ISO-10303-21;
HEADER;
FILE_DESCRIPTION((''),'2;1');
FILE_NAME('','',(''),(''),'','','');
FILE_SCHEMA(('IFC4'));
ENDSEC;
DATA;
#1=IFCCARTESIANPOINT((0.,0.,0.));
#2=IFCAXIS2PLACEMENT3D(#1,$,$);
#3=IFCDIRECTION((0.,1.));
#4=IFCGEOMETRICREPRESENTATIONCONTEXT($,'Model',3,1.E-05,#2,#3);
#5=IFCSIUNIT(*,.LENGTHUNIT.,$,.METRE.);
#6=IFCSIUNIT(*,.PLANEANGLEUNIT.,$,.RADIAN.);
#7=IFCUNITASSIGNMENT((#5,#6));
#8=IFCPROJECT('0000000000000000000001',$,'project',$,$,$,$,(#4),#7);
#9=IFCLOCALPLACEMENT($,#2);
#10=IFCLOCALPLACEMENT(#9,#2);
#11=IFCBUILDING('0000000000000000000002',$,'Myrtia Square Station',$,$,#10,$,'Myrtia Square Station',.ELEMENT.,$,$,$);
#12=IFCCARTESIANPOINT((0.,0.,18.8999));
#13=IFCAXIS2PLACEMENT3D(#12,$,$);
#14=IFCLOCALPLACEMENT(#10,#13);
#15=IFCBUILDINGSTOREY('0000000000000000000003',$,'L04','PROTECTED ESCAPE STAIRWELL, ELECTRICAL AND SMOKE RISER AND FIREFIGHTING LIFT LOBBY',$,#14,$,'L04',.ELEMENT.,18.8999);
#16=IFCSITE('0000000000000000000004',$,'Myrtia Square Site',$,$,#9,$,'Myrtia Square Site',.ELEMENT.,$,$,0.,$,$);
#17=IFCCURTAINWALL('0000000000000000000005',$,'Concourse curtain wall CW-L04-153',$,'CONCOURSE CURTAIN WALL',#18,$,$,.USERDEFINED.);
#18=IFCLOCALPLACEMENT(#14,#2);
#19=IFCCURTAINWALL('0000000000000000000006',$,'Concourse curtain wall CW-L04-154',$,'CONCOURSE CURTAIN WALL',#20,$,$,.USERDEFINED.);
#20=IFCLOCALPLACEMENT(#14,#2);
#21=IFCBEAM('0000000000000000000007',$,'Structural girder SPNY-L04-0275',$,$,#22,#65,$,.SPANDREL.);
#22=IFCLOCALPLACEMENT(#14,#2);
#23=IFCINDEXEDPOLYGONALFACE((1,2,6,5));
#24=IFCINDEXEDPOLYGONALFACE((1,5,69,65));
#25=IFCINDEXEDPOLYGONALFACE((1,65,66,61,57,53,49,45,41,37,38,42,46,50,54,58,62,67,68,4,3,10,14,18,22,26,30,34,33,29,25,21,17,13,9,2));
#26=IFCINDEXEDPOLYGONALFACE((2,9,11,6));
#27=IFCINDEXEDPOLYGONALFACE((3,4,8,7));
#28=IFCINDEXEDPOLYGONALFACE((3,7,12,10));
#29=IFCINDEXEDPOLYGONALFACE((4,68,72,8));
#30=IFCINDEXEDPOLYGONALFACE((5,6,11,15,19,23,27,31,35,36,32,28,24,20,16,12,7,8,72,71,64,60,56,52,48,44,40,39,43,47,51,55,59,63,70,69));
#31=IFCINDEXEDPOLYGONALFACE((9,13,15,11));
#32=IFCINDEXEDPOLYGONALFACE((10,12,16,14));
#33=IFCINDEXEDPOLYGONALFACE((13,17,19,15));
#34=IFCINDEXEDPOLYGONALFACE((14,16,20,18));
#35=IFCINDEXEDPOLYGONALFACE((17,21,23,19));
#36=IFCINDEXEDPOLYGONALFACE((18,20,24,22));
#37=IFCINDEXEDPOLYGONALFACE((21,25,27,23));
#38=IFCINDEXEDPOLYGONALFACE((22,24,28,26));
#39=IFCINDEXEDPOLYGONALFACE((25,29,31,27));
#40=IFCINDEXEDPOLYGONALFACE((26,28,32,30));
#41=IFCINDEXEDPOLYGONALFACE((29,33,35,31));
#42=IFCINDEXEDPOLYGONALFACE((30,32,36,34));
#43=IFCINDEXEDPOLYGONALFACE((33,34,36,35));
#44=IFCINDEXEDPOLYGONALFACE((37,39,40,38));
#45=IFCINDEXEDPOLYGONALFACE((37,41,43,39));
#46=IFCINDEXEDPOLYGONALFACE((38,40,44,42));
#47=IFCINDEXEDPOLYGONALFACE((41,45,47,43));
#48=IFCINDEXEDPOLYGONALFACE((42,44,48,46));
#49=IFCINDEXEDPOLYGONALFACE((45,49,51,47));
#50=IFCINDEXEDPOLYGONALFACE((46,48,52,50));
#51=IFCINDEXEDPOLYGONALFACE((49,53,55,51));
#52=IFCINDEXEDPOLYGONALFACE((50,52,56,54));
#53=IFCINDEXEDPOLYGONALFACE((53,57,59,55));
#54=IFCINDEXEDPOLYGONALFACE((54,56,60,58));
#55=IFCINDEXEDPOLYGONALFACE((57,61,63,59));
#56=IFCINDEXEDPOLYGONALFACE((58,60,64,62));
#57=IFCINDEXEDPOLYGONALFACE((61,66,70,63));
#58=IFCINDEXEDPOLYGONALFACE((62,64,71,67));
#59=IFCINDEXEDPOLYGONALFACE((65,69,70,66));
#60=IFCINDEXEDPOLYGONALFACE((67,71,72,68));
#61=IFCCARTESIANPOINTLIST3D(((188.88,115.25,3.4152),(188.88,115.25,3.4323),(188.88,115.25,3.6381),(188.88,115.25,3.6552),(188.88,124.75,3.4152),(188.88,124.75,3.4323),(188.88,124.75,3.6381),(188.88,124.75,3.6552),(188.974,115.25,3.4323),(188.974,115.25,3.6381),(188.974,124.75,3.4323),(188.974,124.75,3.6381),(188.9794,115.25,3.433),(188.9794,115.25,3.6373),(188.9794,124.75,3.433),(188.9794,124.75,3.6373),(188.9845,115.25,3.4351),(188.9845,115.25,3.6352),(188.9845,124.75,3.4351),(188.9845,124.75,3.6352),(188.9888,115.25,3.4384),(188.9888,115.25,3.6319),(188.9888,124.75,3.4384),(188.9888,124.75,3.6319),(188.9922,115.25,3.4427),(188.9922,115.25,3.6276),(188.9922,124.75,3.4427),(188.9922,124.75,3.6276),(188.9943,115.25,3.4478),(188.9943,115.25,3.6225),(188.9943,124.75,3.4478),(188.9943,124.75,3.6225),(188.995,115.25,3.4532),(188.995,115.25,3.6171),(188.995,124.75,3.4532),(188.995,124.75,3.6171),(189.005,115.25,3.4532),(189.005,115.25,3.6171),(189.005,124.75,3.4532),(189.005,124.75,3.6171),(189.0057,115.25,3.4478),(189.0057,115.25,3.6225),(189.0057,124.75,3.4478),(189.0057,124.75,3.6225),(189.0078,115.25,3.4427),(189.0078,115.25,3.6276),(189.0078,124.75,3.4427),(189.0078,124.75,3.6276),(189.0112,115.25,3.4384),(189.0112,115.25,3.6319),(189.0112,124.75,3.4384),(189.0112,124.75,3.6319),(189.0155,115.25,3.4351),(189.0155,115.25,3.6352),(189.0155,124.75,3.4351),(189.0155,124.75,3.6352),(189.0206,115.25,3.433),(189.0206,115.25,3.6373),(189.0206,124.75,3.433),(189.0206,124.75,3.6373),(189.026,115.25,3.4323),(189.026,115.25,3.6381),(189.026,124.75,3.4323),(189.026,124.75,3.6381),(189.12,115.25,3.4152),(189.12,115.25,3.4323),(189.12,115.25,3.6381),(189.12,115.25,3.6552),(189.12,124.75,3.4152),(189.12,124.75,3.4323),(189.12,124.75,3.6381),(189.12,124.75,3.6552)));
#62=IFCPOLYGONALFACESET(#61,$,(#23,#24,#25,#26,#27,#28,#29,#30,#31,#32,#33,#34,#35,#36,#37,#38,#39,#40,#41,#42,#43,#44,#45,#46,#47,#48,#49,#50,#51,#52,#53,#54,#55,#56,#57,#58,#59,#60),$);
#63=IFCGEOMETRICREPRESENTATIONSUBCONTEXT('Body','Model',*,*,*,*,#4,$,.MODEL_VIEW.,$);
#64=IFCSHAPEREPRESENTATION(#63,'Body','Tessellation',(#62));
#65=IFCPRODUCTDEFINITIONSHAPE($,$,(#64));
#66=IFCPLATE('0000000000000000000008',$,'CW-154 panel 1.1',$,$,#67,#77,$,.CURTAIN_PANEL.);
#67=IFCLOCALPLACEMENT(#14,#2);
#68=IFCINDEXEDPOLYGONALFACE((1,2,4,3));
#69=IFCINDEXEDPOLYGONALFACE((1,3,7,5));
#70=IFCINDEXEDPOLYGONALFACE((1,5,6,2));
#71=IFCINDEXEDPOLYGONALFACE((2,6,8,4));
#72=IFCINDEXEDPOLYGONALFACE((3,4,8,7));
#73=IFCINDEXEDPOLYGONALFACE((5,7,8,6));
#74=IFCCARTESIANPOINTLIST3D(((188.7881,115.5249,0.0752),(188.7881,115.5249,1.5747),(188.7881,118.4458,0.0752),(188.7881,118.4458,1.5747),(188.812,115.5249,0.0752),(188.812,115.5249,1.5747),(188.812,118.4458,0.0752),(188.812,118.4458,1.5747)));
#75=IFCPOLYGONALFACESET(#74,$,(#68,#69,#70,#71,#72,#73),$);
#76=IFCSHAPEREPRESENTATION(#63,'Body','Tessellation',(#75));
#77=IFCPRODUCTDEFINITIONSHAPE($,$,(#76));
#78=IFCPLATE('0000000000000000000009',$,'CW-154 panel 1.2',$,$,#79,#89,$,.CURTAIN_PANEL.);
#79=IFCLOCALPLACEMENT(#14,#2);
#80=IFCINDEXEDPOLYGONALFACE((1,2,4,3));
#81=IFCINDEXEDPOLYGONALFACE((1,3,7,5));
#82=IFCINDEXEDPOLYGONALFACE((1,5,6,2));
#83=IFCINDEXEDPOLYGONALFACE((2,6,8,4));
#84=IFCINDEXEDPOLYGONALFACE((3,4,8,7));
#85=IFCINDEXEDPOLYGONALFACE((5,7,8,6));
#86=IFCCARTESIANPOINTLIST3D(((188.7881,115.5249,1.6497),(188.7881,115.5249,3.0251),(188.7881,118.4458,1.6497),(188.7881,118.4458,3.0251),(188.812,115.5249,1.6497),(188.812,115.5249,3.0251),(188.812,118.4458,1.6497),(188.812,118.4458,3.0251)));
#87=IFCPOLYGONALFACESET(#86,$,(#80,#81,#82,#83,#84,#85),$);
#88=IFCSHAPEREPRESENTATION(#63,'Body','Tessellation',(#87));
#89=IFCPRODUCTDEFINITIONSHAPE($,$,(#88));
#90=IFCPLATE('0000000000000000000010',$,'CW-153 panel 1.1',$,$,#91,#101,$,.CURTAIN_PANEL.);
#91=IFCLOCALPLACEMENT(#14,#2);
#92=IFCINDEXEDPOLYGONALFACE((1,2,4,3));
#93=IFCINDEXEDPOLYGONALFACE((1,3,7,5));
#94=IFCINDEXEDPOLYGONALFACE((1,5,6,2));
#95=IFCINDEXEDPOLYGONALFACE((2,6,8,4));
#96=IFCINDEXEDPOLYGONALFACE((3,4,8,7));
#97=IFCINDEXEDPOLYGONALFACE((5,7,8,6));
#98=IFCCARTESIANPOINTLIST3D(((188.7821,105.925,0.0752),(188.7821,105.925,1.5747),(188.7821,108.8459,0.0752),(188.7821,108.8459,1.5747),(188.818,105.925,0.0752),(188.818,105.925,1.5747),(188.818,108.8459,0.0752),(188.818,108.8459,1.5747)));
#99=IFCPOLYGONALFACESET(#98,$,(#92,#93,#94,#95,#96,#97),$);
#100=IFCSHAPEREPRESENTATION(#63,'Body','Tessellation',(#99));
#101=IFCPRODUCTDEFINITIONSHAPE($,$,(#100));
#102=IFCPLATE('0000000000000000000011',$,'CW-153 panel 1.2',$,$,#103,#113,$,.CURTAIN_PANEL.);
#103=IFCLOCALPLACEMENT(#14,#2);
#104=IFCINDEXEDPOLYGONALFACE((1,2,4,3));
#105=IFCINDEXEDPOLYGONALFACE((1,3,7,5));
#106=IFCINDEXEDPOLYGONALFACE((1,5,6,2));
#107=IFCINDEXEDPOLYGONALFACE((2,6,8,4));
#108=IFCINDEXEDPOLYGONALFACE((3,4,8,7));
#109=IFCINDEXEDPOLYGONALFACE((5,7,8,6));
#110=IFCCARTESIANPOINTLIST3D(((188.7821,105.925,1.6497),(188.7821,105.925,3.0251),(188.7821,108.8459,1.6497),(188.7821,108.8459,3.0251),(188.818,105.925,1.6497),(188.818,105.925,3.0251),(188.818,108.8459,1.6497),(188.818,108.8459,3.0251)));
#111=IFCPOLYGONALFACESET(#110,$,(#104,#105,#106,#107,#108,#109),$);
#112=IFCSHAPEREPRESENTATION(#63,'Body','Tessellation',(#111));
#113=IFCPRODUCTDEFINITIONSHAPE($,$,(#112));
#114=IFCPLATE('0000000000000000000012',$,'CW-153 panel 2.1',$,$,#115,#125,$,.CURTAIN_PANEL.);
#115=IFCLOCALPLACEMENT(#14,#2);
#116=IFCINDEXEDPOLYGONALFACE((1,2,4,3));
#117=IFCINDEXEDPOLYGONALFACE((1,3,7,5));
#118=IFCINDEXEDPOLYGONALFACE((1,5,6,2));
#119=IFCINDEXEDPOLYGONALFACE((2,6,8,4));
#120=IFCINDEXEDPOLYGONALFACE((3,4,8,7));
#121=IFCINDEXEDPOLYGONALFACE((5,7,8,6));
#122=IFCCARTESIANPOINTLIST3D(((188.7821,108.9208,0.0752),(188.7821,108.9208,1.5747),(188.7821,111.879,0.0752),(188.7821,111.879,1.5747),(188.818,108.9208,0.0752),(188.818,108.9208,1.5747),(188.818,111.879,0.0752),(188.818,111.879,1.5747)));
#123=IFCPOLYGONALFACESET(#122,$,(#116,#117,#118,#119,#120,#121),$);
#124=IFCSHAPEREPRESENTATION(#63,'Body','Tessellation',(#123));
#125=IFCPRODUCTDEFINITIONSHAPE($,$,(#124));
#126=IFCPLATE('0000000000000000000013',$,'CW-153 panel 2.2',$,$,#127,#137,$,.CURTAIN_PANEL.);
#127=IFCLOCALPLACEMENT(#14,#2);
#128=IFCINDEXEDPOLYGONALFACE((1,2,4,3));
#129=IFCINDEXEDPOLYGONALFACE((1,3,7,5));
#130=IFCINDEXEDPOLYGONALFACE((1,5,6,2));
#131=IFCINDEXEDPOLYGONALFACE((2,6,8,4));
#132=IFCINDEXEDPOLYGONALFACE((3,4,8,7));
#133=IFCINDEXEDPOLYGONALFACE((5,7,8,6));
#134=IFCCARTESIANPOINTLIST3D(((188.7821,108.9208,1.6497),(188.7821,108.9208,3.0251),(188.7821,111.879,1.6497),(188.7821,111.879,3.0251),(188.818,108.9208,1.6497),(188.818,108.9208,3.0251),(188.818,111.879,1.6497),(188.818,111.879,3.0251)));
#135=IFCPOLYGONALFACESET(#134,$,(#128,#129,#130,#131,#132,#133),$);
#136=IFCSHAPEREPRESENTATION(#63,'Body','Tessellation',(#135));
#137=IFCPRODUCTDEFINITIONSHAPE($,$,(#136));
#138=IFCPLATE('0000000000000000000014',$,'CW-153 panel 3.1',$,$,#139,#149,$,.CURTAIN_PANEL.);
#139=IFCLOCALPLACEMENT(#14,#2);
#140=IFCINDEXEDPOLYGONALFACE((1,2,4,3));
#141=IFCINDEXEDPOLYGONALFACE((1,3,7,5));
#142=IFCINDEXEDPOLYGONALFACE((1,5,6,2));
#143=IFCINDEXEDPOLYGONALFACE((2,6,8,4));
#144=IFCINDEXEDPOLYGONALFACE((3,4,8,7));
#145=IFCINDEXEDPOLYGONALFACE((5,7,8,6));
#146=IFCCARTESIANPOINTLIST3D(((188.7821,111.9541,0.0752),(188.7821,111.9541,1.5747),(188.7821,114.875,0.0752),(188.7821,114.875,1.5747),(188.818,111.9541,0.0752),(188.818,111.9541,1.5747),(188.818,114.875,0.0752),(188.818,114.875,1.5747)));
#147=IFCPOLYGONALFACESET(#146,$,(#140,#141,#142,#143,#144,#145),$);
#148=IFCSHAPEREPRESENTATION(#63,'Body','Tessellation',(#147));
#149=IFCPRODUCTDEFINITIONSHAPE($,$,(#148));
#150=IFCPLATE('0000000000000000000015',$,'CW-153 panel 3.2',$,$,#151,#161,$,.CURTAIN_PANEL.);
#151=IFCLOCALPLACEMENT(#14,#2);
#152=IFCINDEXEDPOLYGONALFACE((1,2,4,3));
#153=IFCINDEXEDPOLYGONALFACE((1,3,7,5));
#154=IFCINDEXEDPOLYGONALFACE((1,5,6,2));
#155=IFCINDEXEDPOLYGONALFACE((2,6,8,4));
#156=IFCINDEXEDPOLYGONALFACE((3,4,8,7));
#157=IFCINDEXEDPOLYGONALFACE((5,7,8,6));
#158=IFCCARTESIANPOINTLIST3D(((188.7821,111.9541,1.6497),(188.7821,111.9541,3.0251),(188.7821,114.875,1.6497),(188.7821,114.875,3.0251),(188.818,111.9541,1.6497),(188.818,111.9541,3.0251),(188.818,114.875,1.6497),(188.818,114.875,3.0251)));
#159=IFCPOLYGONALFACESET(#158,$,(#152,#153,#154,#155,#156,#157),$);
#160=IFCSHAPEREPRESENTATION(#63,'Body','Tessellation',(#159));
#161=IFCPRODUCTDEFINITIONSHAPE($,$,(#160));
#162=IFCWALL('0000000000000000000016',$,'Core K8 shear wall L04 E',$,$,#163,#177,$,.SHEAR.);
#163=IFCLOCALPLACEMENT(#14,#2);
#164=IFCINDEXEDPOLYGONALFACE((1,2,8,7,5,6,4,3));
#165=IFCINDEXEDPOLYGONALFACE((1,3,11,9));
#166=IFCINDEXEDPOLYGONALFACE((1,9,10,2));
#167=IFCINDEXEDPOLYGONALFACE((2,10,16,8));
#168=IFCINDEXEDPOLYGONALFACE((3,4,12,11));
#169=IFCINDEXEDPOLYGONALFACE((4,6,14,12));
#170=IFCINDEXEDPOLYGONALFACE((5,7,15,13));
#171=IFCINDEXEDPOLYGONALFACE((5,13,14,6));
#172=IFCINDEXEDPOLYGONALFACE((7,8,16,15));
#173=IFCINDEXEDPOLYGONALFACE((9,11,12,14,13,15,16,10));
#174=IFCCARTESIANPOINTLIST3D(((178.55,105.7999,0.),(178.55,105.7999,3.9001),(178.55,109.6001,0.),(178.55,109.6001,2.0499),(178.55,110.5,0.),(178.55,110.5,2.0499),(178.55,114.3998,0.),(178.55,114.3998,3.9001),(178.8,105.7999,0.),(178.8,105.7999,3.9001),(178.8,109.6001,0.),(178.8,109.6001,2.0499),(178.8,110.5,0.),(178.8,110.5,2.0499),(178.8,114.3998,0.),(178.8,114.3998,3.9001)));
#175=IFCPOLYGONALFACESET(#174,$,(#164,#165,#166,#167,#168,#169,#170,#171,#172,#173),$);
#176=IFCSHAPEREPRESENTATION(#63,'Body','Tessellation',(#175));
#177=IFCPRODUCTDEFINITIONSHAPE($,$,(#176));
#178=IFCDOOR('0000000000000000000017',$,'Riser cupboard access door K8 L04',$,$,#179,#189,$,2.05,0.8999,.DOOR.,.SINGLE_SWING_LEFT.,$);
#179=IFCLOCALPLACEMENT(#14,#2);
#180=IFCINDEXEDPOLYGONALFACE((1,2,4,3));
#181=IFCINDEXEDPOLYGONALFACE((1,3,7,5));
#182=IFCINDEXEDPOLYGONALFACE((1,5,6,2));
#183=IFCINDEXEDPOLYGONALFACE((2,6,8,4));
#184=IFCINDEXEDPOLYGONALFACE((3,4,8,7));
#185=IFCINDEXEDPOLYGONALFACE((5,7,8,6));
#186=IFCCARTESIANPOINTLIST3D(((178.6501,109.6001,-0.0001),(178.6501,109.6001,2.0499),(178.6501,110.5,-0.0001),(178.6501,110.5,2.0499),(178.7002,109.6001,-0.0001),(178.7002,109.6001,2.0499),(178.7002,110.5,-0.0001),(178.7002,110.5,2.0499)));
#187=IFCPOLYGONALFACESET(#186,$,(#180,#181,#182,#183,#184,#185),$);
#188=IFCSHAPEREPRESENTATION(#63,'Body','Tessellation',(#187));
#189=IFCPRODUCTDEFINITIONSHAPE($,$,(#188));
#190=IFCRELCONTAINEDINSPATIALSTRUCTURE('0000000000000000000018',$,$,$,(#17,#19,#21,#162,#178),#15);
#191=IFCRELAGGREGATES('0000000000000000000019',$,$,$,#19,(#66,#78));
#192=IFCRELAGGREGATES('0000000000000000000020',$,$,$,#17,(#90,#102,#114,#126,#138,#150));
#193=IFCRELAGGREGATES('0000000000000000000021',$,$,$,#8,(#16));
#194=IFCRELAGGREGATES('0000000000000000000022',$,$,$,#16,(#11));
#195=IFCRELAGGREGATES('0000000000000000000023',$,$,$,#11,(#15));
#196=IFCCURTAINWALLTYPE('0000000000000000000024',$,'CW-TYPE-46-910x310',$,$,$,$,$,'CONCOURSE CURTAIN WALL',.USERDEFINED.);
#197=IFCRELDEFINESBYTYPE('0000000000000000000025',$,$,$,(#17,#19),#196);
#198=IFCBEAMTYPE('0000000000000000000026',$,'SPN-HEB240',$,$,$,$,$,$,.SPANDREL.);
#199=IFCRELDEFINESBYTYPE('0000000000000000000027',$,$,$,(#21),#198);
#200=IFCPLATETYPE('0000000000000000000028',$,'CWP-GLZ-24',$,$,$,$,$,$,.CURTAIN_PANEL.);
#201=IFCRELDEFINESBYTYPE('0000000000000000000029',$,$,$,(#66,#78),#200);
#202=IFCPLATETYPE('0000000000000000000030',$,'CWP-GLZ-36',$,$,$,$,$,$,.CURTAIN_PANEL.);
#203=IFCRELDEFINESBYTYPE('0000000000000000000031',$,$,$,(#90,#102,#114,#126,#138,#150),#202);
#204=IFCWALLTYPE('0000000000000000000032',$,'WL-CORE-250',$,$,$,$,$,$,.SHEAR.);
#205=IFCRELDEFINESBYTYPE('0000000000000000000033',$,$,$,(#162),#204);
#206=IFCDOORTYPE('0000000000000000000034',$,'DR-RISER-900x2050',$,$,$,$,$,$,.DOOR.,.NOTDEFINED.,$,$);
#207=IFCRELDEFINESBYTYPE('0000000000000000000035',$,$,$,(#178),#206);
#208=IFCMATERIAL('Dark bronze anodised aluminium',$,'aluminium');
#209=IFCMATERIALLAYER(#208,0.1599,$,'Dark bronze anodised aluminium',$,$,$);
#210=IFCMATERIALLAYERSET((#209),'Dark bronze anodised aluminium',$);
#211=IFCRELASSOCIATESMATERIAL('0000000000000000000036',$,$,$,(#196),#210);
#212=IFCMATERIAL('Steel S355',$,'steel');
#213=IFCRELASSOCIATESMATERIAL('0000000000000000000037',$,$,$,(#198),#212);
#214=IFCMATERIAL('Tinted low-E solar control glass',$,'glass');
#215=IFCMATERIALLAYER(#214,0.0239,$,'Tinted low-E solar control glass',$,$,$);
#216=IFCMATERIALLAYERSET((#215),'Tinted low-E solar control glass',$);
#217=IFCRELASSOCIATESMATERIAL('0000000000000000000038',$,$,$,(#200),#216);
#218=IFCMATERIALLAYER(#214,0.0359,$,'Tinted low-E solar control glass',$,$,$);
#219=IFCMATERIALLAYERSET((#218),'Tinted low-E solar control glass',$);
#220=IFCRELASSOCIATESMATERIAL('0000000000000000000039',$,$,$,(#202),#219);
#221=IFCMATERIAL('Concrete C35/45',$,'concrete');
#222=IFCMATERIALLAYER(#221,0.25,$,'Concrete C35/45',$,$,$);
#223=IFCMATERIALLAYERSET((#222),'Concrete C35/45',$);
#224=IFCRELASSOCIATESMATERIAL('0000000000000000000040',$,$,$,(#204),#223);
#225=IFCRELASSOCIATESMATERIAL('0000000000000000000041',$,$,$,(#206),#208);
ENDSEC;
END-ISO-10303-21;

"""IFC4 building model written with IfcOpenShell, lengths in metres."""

from ifc_helpers import new_model, si_unit, direction, frame, frame_2d, origin, origin_2d, place, context, subcontext, project, spatial, rectangle, i_section, extrude, material, layer, layer_set, material_profile, profile_set, type_object, element, fill, aggregate, save


model = new_model("IFC4")

# Units and contexts
model_context = context("Model", 3, precision=1e-05, world=origin(), true_north=direction((0.0, 1.0)))
body_context = subcontext(model_context, "Body", "Model", "MODEL_VIEW")
ifc_project = project(units=[si_unit("LENGTHUNIT", "METRE"), si_unit("PLANEANGLEUNIT", "RADIAN")], contexts=[model_context])

# Site, building, storey
site_placement = place(None, origin())
site = spatial("IfcSite", under=ifc_project, at=site_placement, Name="Myrtia Square Site", LongName="Myrtia Square Site", CompositionType="ELEMENT", RefElevation=0.0)
building_placement = place(site_placement, origin())
building = spatial("IfcBuilding", under=site, at=building_placement, Name="Myrtia Square Station", LongName="Myrtia Square Station", CompositionType="ELEMENT")
storey_placement = place(building_placement, frame((0.0, 0.0, 18.8999)))
storey = spatial("IfcBuildingStorey", under=building, at=storey_placement, Name="L04", Description="PROTECTED ESCAPE STAIRWELL, ELECTRICAL AND SMOKE RISER AND FIREFIGHTING LIFT LOBBY", LongName="L04", CompositionType="ELEMENT", Elevation=18.8999)

# Shared definitions
ifc_material_1 = material(Name="Steel S355", Category="steel")

# Curtain walls
ifc_material_2 = material(Name="Dark bronze anodised aluminium", Category="aluminium")
ifc_layer_1 = layer(ifc_material_2, 0.1599, Name="Dark bronze anodised aluminium")
ifc_layer_set_1 = layer_set([ifc_layer_1], Name="Dark bronze anodised aluminium")
curtain_wall_type = type_object("IfcCurtainWallType", Name="CW-TYPE-46-910x310", ElementType="CONCOURSE CURTAIN WALL", PredefinedType="USERDEFINED", material=ifc_layer_set_1)
curtain_wall_1_placement = place(storey_placement, origin())
curtain_wall_1 = element("IfcCurtainWall", 1, at=curtain_wall_1_placement, inside=storey, type_object=curtain_wall_type, Name="Concourse curtain wall CW-L04-153", ObjectType="CONCOURSE CURTAIN WALL", PredefinedType="USERDEFINED")
curtain_wall_2_placement = place(storey_placement, origin())
curtain_wall_2 = element("IfcCurtainWall", 2, at=curtain_wall_2_placement, inside=storey, type_object=curtain_wall_type, Name="Concourse curtain wall CW-L04-154", ObjectType="CONCOURSE CURTAIN WALL", PredefinedType="USERDEFINED")

# Beam
ifc_material_profile_1 = material_profile(ifc_material_1, i_section(OverallWidth=0.24, OverallDepth=0.24, WebThickness=0.01, FlangeThickness=0.0171, FilletRadius=0.021, at=origin_2d()), Name="HEB 240")
ifc_profile_set_1 = profile_set([ifc_material_profile_1], Name="Steel S355")
beam_type_1 = type_object("IfcBeamType", Name="SPN-HEB240", PredefinedType="SPANDREL", material=ifc_profile_set_1)
for number, where, z_axis, x_axis, name in (
    (3, (189.0, 115.25, 3.5352), (0.0, 1.0, 0.0), (-1.0, 0.0, 0.0), "Structural girder SPNY-L04-0275"),
):
    element("IfcBeam", number, at=place(storey_placement, frame(where, z_axis=z_axis, x_axis=x_axis)), inside=storey, type_object=beam_type_1, Name=name, PredefinedType="SPANDREL", context=body_context, shape_type="SweptSolid", body=[
        extrude(i_section(OverallWidth=0.24, OverallDepth=0.24, WebThickness=0.01, FlangeThickness=0.0171, FilletRadius=0.021, at=origin_2d()), origin(), (0.0, 0.0, 1.0), 9.5),
    ])

# Plates
ifc_material_3 = material(Name="Tinted low-E solar control glass", Category="glass")
ifc_layer_2 = layer(ifc_material_3, 0.0239, Name="Tinted low-E solar control glass")
ifc_layer_set_2 = layer_set([ifc_layer_2], Name="Tinted low-E solar control glass")
plate_type_1 = type_object("IfcPlateType", Name="CWP-GLZ-24", PredefinedType="CURTAIN_PANEL", material=ifc_layer_set_2)
plate_1_placement = place(storey_placement, frame((188.8, 116.9854, 0.0752), z_axis=(0.0, 0.0, 1.0), x_axis=(0.0, 1.0, 0.0)))
plate_1 = element("IfcPlate", 4, at=plate_1_placement, type_object=plate_type_1, Name="CW-154 panel 1.1", PredefinedType="CURTAIN_PANEL", context=body_context, shape_type="SweptSolid", body=[
    extrude(rectangle(XDim=2.9209, YDim=0.0239, at=origin_2d()), origin(), (0.0, 0.0, 1.0), 1.4995),
])
plate_2_placement = place(storey_placement, frame((188.8, 116.9854, 1.6497), z_axis=(0.0, 0.0, 1.0), x_axis=(0.0, 1.0, 0.0)))
plate_2 = element("IfcPlate", 5, at=plate_2_placement, type_object=plate_type_1, Name="CW-154 panel 1.2", PredefinedType="CURTAIN_PANEL", context=body_context, shape_type="SweptSolid", body=[
    extrude(rectangle(XDim=2.9209, YDim=0.0239, at=origin_2d()), origin(), (0.0, 0.0, 1.0), 1.3755),
])
aggregate(curtain_wall_2, [plate_1, plate_2])
ifc_layer_3 = layer(ifc_material_3, 0.0359, Name="Tinted low-E solar control glass")
ifc_layer_set_3 = layer_set([ifc_layer_3], Name="Tinted low-E solar control glass")
plate_type_2 = type_object("IfcPlateType", Name="CWP-GLZ-36", PredefinedType="CURTAIN_PANEL", material=ifc_layer_set_3)
plate_3_placement = place(storey_placement, frame((188.8, 107.3855, 0.0752), z_axis=(0.0, 0.0, 1.0), x_axis=(0.0, 1.0, 0.0)))
plate_3 = element("IfcPlate", 6, at=plate_3_placement, type_object=plate_type_2, Name="CW-153 panel 1.1", PredefinedType="CURTAIN_PANEL", context=body_context, shape_type="SweptSolid", body=[
    extrude(rectangle(XDim=2.9209, YDim=0.0359, at=origin_2d()), origin(), (0.0, 0.0, 1.0), 1.4995),
])
plate_4_placement = place(storey_placement, frame((188.8, 107.3855, 1.6497), z_axis=(0.0, 0.0, 1.0), x_axis=(0.0, 1.0, 0.0)))
plate_4 = element("IfcPlate", 7, at=plate_4_placement, type_object=plate_type_2, Name="CW-153 panel 1.2", PredefinedType="CURTAIN_PANEL", context=body_context, shape_type="SweptSolid", body=[
    extrude(rectangle(XDim=2.9209, YDim=0.0359, at=origin_2d()), origin(), (0.0, 0.0, 1.0), 1.3755),
])
plate_5_placement = place(storey_placement, frame((188.8, 110.3999, 0.0752), z_axis=(0.0, 0.0, 1.0), x_axis=(0.0, 1.0, 0.0)))
plate_5 = element("IfcPlate", 8, at=plate_5_placement, type_object=plate_type_2, Name="CW-153 panel 2.1", PredefinedType="CURTAIN_PANEL", context=body_context, shape_type="SweptSolid", body=[
    extrude(rectangle(XDim=2.9583, YDim=0.0359, at=origin_2d()), origin(), (0.0, 0.0, 1.0), 1.4995),
])
plate_6_placement = place(storey_placement, frame((188.8, 110.3999, 1.6497), z_axis=(0.0, 0.0, 1.0), x_axis=(0.0, 1.0, 0.0)))
plate_6 = element("IfcPlate", 9, at=plate_6_placement, type_object=plate_type_2, Name="CW-153 panel 2.2", PredefinedType="CURTAIN_PANEL", context=body_context, shape_type="SweptSolid", body=[
    extrude(rectangle(XDim=2.9583, YDim=0.0359, at=origin_2d()), origin(), (0.0, 0.0, 1.0), 1.3755),
])
plate_7_placement = place(storey_placement, frame((188.8, 113.4146, 0.0752), z_axis=(0.0, 0.0, 1.0), x_axis=(0.0, 1.0, 0.0)))
plate_7 = element("IfcPlate", 10, at=plate_7_placement, type_object=plate_type_2, Name="CW-153 panel 3.1", PredefinedType="CURTAIN_PANEL", context=body_context, shape_type="SweptSolid", body=[
    extrude(rectangle(XDim=2.9209, YDim=0.0359, at=origin_2d()), origin(), (0.0, 0.0, 1.0), 1.4995),
])
plate_8_placement = place(storey_placement, frame((188.8, 113.4146, 1.6497), z_axis=(0.0, 0.0, 1.0), x_axis=(0.0, 1.0, 0.0)))
plate_8 = element("IfcPlate", 11, at=plate_8_placement, type_object=plate_type_2, Name="CW-153 panel 3.2", PredefinedType="CURTAIN_PANEL", context=body_context, shape_type="SweptSolid", body=[
    extrude(rectangle(XDim=2.9209, YDim=0.0359, at=origin_2d()), origin(), (0.0, 0.0, 1.0), 1.3755),
])
aggregate(curtain_wall_1, [plate_3, plate_4, plate_5, plate_6, plate_7, plate_8])

# Wall, opening, door
ifc_material_4 = material(Name="Concrete C35/45", Category="concrete")
ifc_layer_4 = layer(ifc_material_4, 0.25, Name="Concrete C35/45")
ifc_layer_set_4 = layer_set([ifc_layer_4], Name="Concrete C35/45")
wall_type_1 = type_object("IfcWallType", Name="WL-CORE-250", PredefinedType="SHEAR", material=ifc_layer_set_4)
wall_1_placement = place(storey_placement, frame((178.675, 105.8, 0.0), z_axis=(0.0, 0.0, 1.0), x_axis=(0.0, 1.0, 0.0)))
wall_1 = element("IfcWall", 12, at=wall_1_placement, inside=storey, type_object=wall_type_1, Name="Core K8 shear wall L04 E", PredefinedType="SHEAR", context=body_context, shape_type="SweptSolid", body=[
    extrude(rectangle(XDim=8.5999, YDim=0.25, at=frame_2d((4.2998, 0.0))), origin(), (0.0, 0.0, 1.0), 3.9001),
])
opening_placement = place(wall_1_placement, frame((3.8, 0.0, 0.0)))
opening = element("IfcOpeningElement", 13, at=opening_placement, cuts=wall_1, PredefinedType="OPENING", context=body_context, shape_type="SweptSolid", body=[
    extrude(rectangle(XDim=0.8999, YDim=2.05, at=frame_2d((0.45, 1.0249))), frame((0.0, 0.1399, 0.0), z_axis=(0.0, -1.0, 0.0), x_axis=(1.0, 0.0, 0.0)), (0.0, 0.0, 1.0), 0.28),
])
door_type = type_object("IfcDoorType", Name="DR-RISER-900x2050", OperationType="NOTDEFINED", PredefinedType="DOOR", material=ifc_material_2)
door_placement = place(opening_placement, origin())
door = element("IfcDoor", 14, at=door_placement, inside=storey, type_object=door_type, Name="Riser cupboard access door K8 L04", OperationType="SINGLE_SWING_LEFT", OverallHeight=2.05, OverallWidth=0.8999, PredefinedType="DOOR", context=body_context, shape_type="SweptSolid", body=[
    extrude(rectangle(XDim=0.8999, YDim=2.05, at=frame_2d((0.45, 1.0249))), frame((0.0, 0.0249, 0.0), z_axis=(0.0, -1.0, 0.0), x_axis=(1.0, 0.0, 0.0)), (0.0, 0.0, 1.0), 0.05),
])
fill(opening, door)

save(model, "model.ifc")
